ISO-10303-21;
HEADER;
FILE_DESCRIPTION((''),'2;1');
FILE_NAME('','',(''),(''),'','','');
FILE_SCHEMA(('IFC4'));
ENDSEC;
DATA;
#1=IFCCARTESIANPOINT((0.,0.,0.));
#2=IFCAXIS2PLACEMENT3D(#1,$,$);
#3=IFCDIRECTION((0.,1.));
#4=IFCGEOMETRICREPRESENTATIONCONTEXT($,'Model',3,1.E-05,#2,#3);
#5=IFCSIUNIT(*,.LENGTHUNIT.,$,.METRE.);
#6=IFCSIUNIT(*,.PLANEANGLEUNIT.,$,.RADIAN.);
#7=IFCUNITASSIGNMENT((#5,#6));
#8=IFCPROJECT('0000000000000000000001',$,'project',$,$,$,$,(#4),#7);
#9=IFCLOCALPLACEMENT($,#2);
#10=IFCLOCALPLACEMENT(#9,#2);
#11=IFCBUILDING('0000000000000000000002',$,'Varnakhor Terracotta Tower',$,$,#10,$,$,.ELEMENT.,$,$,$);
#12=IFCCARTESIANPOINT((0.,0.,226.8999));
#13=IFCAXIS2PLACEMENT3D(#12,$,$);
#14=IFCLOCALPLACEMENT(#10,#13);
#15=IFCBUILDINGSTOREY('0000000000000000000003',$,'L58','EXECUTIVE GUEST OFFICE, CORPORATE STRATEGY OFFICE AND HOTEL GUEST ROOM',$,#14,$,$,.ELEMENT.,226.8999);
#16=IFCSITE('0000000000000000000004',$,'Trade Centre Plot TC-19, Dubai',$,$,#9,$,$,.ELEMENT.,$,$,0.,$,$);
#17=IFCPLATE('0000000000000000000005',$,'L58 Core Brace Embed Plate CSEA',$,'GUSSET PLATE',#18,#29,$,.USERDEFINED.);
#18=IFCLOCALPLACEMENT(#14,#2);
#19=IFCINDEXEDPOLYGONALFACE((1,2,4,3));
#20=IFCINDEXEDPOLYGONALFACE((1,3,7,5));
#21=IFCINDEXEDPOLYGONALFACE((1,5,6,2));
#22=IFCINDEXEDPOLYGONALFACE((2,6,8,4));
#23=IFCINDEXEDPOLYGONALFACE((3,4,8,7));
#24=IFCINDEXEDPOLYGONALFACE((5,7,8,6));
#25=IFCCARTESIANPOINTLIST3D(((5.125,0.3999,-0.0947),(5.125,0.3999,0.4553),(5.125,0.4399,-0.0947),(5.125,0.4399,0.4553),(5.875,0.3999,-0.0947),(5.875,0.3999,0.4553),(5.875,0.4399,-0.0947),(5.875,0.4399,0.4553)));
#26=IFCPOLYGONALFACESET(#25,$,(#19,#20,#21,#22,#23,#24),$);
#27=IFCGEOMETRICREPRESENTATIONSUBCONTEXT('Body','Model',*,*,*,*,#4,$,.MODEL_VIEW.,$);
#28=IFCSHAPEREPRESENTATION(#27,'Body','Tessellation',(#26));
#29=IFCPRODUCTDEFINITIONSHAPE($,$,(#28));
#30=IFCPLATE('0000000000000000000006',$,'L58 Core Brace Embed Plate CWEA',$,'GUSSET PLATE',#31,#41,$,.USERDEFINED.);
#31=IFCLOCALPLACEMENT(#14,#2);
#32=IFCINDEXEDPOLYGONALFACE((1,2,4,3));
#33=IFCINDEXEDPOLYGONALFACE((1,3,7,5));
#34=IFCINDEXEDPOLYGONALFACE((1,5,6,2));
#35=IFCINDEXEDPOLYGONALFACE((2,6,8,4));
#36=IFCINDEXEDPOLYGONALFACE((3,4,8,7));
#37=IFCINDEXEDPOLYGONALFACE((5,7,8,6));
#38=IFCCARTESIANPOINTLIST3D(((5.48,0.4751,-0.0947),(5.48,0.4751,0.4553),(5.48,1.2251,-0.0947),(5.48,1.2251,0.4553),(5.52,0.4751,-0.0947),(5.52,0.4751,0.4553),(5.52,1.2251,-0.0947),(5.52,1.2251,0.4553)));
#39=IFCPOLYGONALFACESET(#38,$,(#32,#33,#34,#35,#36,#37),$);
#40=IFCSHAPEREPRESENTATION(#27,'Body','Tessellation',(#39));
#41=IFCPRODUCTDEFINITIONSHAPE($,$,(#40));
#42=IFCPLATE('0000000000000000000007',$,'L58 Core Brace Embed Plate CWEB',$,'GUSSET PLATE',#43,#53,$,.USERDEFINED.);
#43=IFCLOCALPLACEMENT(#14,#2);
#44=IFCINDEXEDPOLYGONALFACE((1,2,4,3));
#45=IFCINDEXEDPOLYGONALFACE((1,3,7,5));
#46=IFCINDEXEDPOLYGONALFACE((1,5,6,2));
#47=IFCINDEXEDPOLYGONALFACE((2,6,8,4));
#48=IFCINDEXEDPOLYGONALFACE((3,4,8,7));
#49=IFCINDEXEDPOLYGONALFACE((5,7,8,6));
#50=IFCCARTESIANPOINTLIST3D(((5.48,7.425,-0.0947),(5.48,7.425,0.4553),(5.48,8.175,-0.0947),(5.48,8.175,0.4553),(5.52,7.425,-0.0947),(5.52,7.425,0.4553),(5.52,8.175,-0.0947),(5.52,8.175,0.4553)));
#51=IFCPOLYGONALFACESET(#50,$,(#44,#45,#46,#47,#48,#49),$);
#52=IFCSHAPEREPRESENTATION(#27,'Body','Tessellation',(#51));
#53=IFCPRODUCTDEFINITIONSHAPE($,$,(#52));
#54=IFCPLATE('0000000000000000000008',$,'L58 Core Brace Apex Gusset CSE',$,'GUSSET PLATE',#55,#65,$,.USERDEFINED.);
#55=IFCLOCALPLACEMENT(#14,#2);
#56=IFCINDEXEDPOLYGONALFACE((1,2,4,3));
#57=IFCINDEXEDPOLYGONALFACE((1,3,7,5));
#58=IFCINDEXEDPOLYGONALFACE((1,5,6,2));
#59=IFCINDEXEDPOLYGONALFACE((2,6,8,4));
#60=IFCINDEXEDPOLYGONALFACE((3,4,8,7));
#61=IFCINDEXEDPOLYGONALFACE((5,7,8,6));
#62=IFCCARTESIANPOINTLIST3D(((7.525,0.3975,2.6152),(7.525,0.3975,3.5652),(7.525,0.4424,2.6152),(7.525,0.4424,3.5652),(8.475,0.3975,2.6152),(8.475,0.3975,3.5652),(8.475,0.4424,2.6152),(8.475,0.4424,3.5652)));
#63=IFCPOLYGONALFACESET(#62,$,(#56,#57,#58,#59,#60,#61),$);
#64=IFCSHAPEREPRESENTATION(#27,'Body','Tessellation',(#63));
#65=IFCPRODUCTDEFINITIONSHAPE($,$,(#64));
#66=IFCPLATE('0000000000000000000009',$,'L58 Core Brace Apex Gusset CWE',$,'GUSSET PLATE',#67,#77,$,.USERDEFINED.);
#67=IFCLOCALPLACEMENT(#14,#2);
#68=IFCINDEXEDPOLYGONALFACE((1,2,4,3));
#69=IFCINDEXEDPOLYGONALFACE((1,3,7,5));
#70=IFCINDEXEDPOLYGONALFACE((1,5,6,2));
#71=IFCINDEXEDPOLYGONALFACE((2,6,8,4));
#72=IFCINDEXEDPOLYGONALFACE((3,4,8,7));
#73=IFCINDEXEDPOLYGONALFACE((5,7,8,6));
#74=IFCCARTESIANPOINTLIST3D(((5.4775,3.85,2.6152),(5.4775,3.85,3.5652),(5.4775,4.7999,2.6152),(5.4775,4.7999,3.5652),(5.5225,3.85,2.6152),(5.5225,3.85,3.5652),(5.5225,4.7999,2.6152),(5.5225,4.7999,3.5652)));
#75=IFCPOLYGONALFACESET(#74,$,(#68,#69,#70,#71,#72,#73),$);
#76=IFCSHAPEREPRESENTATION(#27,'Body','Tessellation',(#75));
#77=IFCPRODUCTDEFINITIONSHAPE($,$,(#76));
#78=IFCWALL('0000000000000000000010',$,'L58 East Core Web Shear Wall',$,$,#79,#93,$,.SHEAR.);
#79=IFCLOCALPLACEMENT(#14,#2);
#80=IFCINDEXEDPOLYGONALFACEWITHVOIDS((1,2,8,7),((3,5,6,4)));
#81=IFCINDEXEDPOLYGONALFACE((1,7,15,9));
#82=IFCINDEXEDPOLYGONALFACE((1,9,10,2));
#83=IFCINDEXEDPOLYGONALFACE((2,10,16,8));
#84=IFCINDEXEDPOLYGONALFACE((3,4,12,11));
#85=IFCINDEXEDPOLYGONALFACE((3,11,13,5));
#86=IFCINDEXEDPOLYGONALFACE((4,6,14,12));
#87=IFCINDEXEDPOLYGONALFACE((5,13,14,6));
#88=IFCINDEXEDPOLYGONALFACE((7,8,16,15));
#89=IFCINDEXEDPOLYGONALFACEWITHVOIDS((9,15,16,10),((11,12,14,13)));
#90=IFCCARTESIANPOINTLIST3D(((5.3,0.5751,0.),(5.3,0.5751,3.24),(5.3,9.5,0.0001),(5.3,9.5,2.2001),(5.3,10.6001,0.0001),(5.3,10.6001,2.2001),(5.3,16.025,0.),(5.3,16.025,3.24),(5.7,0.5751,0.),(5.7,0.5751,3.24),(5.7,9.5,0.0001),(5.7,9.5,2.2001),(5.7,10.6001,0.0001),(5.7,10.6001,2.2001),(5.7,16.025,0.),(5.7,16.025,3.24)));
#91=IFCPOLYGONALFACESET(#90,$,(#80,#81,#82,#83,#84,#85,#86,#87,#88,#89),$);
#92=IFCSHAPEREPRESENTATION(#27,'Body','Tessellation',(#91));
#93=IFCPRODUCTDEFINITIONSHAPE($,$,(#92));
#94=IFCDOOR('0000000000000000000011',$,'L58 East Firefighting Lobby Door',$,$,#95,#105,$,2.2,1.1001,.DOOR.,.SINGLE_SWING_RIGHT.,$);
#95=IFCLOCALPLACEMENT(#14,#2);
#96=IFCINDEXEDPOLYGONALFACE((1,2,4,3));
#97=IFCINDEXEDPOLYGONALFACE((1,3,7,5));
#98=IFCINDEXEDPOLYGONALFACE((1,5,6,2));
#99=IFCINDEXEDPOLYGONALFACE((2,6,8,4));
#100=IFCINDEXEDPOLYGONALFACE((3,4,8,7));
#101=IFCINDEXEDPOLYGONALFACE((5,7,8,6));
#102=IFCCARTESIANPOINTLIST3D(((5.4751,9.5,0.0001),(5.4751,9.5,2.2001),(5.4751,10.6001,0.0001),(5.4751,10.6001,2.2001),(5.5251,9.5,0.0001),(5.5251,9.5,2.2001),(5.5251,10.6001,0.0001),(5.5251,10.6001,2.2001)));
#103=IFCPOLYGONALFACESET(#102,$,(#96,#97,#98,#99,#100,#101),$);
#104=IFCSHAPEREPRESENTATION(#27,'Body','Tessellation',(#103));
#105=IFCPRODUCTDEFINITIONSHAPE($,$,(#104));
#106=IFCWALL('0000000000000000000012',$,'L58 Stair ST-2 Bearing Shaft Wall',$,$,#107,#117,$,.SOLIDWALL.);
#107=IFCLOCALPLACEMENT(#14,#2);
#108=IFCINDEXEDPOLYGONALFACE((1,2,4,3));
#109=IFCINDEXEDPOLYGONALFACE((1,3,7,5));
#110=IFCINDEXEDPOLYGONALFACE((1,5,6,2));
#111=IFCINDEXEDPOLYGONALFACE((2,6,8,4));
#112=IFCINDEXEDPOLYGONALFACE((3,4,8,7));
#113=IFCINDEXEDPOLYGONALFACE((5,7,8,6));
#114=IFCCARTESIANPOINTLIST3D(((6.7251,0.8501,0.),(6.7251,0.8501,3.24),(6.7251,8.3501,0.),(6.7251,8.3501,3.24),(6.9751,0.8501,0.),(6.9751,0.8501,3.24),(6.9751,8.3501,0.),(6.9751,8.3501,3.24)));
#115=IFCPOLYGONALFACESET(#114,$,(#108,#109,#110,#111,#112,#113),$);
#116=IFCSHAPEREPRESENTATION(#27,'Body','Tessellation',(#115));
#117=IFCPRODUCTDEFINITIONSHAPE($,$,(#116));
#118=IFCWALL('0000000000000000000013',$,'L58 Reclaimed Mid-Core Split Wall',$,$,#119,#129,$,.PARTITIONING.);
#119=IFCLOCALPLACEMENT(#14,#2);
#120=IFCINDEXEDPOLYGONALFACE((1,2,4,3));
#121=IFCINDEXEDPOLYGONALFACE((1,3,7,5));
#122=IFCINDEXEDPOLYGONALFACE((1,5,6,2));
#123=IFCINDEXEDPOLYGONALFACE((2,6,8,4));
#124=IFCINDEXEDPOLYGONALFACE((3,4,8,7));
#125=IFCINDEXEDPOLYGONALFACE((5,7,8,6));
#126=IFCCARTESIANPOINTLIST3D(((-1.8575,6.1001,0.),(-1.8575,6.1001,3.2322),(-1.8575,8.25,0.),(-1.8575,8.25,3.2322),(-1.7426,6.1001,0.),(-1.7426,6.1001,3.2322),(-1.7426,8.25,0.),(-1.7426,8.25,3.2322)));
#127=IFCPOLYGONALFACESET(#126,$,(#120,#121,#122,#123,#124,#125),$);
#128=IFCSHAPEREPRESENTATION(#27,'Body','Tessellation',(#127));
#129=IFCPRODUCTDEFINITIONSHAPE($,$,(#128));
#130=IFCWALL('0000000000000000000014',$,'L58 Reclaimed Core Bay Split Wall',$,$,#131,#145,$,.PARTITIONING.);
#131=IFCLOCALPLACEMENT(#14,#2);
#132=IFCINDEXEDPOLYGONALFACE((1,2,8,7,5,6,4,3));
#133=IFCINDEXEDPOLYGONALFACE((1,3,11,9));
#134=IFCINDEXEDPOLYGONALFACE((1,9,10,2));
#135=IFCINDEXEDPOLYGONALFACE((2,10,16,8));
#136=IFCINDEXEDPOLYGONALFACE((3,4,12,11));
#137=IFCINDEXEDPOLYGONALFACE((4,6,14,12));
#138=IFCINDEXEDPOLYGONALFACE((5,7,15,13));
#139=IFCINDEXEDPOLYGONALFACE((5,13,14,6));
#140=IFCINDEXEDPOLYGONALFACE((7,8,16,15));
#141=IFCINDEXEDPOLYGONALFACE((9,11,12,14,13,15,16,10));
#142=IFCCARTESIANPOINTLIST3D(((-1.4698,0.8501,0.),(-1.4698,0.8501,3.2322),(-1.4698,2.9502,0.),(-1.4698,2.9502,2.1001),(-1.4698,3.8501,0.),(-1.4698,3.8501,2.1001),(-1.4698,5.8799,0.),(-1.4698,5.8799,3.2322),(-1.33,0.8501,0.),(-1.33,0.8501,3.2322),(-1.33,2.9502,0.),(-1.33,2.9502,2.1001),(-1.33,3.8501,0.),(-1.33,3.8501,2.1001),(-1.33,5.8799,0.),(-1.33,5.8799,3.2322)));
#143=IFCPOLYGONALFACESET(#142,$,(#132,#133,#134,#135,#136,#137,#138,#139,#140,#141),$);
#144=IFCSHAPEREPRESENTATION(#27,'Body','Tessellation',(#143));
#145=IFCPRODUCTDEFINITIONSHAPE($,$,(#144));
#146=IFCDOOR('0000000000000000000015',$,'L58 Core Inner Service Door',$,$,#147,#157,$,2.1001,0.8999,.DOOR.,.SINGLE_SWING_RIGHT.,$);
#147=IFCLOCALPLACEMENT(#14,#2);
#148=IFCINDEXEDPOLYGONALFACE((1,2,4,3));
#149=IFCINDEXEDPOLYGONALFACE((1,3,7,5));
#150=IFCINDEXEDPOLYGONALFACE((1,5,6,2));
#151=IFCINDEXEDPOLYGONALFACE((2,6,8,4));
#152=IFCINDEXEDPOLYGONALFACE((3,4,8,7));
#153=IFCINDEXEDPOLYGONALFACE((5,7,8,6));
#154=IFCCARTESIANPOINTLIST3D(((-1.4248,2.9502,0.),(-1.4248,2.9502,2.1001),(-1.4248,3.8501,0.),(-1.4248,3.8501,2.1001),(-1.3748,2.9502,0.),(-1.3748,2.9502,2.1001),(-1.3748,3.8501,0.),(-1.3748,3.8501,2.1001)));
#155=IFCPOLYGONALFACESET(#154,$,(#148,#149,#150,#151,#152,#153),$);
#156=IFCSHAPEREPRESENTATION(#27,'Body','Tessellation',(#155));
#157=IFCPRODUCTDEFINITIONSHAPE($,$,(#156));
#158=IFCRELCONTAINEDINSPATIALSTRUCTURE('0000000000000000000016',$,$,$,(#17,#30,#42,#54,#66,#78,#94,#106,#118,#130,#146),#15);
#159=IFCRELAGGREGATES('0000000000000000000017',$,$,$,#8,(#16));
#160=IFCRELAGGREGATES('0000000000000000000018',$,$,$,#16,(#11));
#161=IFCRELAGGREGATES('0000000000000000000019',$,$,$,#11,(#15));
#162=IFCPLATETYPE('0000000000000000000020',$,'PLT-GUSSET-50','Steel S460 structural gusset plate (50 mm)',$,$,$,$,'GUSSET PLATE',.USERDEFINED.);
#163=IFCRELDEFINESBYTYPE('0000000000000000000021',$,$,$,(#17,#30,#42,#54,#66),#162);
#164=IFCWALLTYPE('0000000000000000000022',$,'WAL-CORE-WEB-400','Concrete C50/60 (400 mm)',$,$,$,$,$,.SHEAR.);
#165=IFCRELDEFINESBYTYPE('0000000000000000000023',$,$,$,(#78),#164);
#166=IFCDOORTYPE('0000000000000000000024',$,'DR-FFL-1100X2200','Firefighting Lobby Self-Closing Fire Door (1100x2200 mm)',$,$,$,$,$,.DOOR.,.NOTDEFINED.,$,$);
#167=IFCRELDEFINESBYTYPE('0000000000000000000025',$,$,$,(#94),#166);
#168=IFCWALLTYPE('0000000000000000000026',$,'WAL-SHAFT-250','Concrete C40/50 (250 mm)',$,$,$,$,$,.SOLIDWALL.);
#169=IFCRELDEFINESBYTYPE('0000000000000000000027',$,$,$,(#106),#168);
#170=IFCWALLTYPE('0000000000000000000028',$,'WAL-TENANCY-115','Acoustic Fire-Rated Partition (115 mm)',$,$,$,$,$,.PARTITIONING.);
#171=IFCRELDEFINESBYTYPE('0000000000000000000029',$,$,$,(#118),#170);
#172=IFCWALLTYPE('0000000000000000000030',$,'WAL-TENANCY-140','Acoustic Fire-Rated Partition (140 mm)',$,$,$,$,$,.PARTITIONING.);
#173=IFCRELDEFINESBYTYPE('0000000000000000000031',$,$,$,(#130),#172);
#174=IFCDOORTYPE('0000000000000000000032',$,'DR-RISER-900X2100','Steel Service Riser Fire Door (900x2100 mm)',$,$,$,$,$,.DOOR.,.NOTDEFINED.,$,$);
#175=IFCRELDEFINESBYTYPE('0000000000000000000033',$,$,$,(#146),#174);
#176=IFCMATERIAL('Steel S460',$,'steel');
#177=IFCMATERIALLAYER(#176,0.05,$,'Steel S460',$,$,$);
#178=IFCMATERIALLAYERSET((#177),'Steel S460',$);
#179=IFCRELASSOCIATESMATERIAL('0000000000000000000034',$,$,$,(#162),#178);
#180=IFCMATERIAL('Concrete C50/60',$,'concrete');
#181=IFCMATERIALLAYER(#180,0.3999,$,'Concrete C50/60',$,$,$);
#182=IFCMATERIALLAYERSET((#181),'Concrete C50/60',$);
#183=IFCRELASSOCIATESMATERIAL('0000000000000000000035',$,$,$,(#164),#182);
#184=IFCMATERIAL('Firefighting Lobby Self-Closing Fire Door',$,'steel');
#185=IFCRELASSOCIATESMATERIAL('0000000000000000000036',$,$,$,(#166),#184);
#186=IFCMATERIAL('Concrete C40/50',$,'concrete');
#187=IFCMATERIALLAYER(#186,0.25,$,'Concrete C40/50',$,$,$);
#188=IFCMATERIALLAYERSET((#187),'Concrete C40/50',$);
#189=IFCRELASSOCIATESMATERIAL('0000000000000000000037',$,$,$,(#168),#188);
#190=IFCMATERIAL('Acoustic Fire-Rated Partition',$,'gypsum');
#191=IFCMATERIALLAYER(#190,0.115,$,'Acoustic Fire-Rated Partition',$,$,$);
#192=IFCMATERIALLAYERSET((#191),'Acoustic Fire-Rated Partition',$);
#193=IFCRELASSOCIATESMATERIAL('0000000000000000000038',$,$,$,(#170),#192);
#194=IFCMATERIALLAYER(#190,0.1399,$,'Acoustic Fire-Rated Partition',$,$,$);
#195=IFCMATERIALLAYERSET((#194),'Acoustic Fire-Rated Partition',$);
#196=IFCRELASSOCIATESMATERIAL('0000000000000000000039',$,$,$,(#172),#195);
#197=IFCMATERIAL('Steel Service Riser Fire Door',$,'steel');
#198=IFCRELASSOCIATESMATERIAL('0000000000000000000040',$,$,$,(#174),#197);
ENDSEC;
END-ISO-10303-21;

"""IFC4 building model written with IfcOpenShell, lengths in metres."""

from ifc_helpers import new_model, si_unit, direction, frame, frame_2d, origin, origin_2d, place, context, subcontext, project, spatial, rectangle, extrude, source, transform, mapped, material, layer, layer_set, type_object, type_shapes, element, fill, save


model = new_model("IFC4")

# Units and contexts
model_context = context("Model", 3, precision=1e-05, world=origin(), true_north=direction((0.0, 1.0)))
body_context = subcontext(model_context, "Body", "Model", "MODEL_VIEW")
ifc_project = project(units=[si_unit("LENGTHUNIT", "METRE"), si_unit("PLANEANGLEUNIT", "RADIAN")], contexts=[model_context])

# Site, building, storey
site_placement = place(None, origin())
site = spatial("IfcSite", under=ifc_project, at=site_placement, Name="Trade Centre Plot TC-19, Dubai", CompositionType="ELEMENT", RefElevation=0.0)
building_placement = place(site_placement, origin())
building = spatial("IfcBuilding", under=site, at=building_placement, Name="Varnakhor Terracotta Tower", CompositionType="ELEMENT")
storey_placement = place(building_placement, frame((0.0, 0.0, 226.8999)))
storey = spatial("IfcBuildingStorey", under=building, at=storey_placement, Name="L58", Description="EXECUTIVE GUEST OFFICE, CORPORATE STRATEGY OFFICE AND HOTEL GUEST ROOM", CompositionType="ELEMENT", Elevation=226.8999)

# Shared definitions
ifc_material_1 = material(Name="Concrete C50/60", Category="concrete")

# Shared definitions
ifc_material_2 = material(Name="Concrete C40/50", Category="concrete")

# Plates
ifc_material_3 = material(Name="Steel S460", Category="steel")
ifc_layer_1 = layer(ifc_material_3, 0.05, Name="Steel S460")
ifc_layer_set_1 = layer_set([ifc_layer_1], Name="Steel S460")
plate_type = type_object("IfcPlateType", Name="PLT-GUSSET-50", Description="Steel S460 structural gusset plate (50 mm)", ElementType="GUSSET PLATE", PredefinedType="USERDEFINED", material=ifc_layer_set_1)
shared_shape_1 = source(origin(), body_context, "Body", "SweptSolid", [
    extrude(rectangle(XDim=0.75, YDim=0.04, at=origin_2d()), origin(), (0.0, 0.0, 1.0), 0.55),
])
type_shapes(plate_type, [shared_shape_1])
for number, where, z_axis, x_axis, name in (
    (1, (5.5, 0.4199, -0.0947), (0.0, 0.0, 1.0), (1.0, 0.0, 0.0), "L58 Core Brace Embed Plate CSEA"),
    (2, (5.5, 0.8501, -0.0947), (0.0, 0.0, 1.0), (0.0, 1.0, 0.0), "L58 Core Brace Embed Plate CWEA"),
    (3, (5.5, 7.8, -0.0947), (0.0, 0.0, 1.0), (0.0, 1.0, 0.0), "L58 Core Brace Embed Plate CWEB"),
):
    element("IfcPlate", number, at=place(storey_placement, frame(where, z_axis=z_axis, x_axis=x_axis)), inside=storey, type_object=plate_type, Name=name, ObjectType="GUSSET PLATE", PredefinedType="USERDEFINED", context=body_context, shape_type="MappedRepresentation", body=[
        mapped(shared_shape_1, transform((0.0, 0.0, 0.0), scale=1.0)),
    ])
shared_shape_2 = source(origin(), body_context, "Body", "SweptSolid", [
    extrude(rectangle(XDim=0.95, YDim=0.0449, at=origin_2d()), origin(), (0.0, 0.0, 1.0), 0.95),
])
for number, where, z_axis, x_axis, name in (
    (4, (8.0, 0.4199, 2.6152), (0.0, 0.0, 1.0), (1.0, 0.0, 0.0), "L58 Core Brace Apex Gusset CSE"),
    (5, (5.5, 4.325, 2.6152), (0.0, 0.0, 1.0), (0.0, 1.0, 0.0), "L58 Core Brace Apex Gusset CWE"),
):
    element("IfcPlate", number, at=place(storey_placement, frame(where, z_axis=z_axis, x_axis=x_axis)), inside=storey, type_object=plate_type, Name=name, ObjectType="GUSSET PLATE", PredefinedType="USERDEFINED", context=body_context, shape_type="MappedRepresentation", body=[
        mapped(shared_shape_2, transform((0.0, 0.0, 0.0), scale=1.0)),
    ])

# Wall, opening, door
ifc_layer_2 = layer(ifc_material_1, 0.3999, Name="Concrete C50/60")
ifc_layer_set_2 = layer_set([ifc_layer_2], Name="Concrete C50/60")
wall_type_1 = type_object("IfcWallType", Name="WAL-CORE-WEB-400", Description="Concrete C50/60 (400 mm)", PredefinedType="SHEAR", material=ifc_layer_set_2)
wall_1_placement = place(storey_placement, frame((5.5, 0.575, 0.0), z_axis=(0.0, 0.0, 1.0), x_axis=(0.0, 1.0, 0.0)))
wall_1 = element("IfcWall", 6, at=wall_1_placement, inside=storey, type_object=wall_type_1, Name="L58 East Core Web Shear Wall", PredefinedType="SHEAR", context=body_context, shape_type="SweptSolid", body=[
    extrude(rectangle(XDim=15.45, YDim=0.3999, at=frame_2d((7.7251, 0.0))), origin(), (0.0, 0.0, 1.0), 3.24),
])
opening_1_placement = place(wall_1_placement, frame((8.925, 0.0, 0.0)))
opening_1 = element("IfcOpeningElement", 7, at=opening_1_placement, cuts=wall_1, PredefinedType="OPENING", context=body_context, shape_type="SweptSolid", body=[
    extrude(rectangle(XDim=1.1001, YDim=2.2, at=frame_2d((0.55, 1.1001))), frame((0.0, 0.21, 0.0), z_axis=(0.0, -1.0, 0.0), x_axis=(1.0, 0.0, 0.0)), (0.0, 0.0, 1.0), 0.4199),
])
ifc_material_4 = material(Name="Firefighting Lobby Self-Closing Fire Door", Category="steel")
door_type_1 = type_object("IfcDoorType", Name="DR-FFL-1100X2200", Description="Firefighting Lobby Self-Closing Fire Door (1100x2200 mm)", OperationType="NOTDEFINED", PredefinedType="DOOR", material=ifc_material_4)
shared_shape_3 = source(origin(), body_context, "Body", "SweptSolid", [
    extrude(rectangle(XDim=1.1001, YDim=2.2, at=frame_2d((0.55, 1.1001))), frame((0.0, 0.0249, 0.0), z_axis=(0.0, -1.0, 0.0), x_axis=(1.0, 0.0, 0.0)), (0.0, 0.0, 1.0), 0.05),
])
type_shapes(door_type_1, [shared_shape_3])
door_1_placement = place(opening_1_placement, origin())
door_1 = element("IfcDoor", 8, at=door_1_placement, inside=storey, type_object=door_type_1, Name="L58 East Firefighting Lobby Door", OperationType="SINGLE_SWING_RIGHT", OverallHeight=2.2, OverallWidth=1.1001, PredefinedType="DOOR", context=body_context, shape_type="MappedRepresentation", body=[
    mapped(shared_shape_3, transform((0.0, 0.0, 0.0), scale=1.0)),
])
fill(opening_1, door_1)

# Walls
ifc_layer_3 = layer(ifc_material_2, 0.25, Name="Concrete C40/50")
ifc_layer_set_3 = layer_set([ifc_layer_3], Name="Concrete C40/50")
wall_type_2 = type_object("IfcWallType", Name="WAL-SHAFT-250", Description="Concrete C40/50 (250 mm)", PredefinedType="SOLIDWALL", material=ifc_layer_set_3)
wall_2_placement = place(storey_placement, frame((6.8501, 0.8501, 0.0), z_axis=(0.0, 0.0, 1.0), x_axis=(0.0, 1.0, 0.0)))
element("IfcWall", 9, at=wall_2_placement, inside=storey, type_object=wall_type_2, Name="L58 Stair ST-2 Bearing Shaft Wall", PredefinedType="SOLIDWALL", context=body_context, shape_type="SweptSolid", body=[
    extrude(rectangle(XDim=7.5, YDim=0.25, at=frame_2d((3.75, 0.0))), origin(), (0.0, 0.0, 1.0), 3.24),
])
ifc_material_5 = material(Name="Acoustic Fire-Rated Partition", Category="gypsum")
ifc_layer_4 = layer(ifc_material_5, 0.115, Name="Acoustic Fire-Rated Partition")
ifc_layer_set_4 = layer_set([ifc_layer_4], Name="Acoustic Fire-Rated Partition")
wall_type_3 = type_object("IfcWallType", Name="WAL-TENANCY-115", Description="Acoustic Fire-Rated Partition (115 mm)", PredefinedType="PARTITIONING", material=ifc_layer_set_4)
wall_3_placement = place(storey_placement, frame((-1.8, 6.1001, 0.0), z_axis=(0.0, 0.0, 1.0), x_axis=(0.0, 1.0, 0.0)))
element("IfcWall", 10, at=wall_3_placement, inside=storey, type_object=wall_type_3, Name="L58 Reclaimed Mid-Core Split Wall", PredefinedType="PARTITIONING", context=body_context, shape_type="SweptSolid", body=[
    extrude(rectangle(XDim=2.1499, YDim=0.115, at=frame_2d((1.075, 0.0))), origin(), (0.0, 0.0, 1.0), 3.2322),
])

# Wall, opening, door
ifc_layer_5 = layer(ifc_material_5, 0.1399, Name="Acoustic Fire-Rated Partition")
ifc_layer_set_5 = layer_set([ifc_layer_5], Name="Acoustic Fire-Rated Partition")
wall_type_4 = type_object("IfcWallType", Name="WAL-TENANCY-140", Description="Acoustic Fire-Rated Partition (140 mm)", PredefinedType="PARTITIONING", material=ifc_layer_set_5)
wall_4_placement = place(storey_placement, frame((-1.3999, 0.8501, 0.0), z_axis=(0.0, 0.0, 1.0), x_axis=(0.0, 1.0, 0.0)))
wall_4 = element("IfcWall", 11, at=wall_4_placement, inside=storey, type_object=wall_type_4, Name="L58 Reclaimed Core Bay Split Wall", PredefinedType="PARTITIONING", context=body_context, shape_type="SweptSolid", body=[
    extrude(rectangle(XDim=5.0298, YDim=0.1399, at=frame_2d((2.5149, 0.0))), origin(), (0.0, 0.0, 1.0), 3.2322),
])
opening_2_placement = place(wall_4_placement, frame((2.1001, 0.0, 0.0)))
opening_2 = element("IfcOpeningElement", 12, at=opening_2_placement, cuts=wall_4, PredefinedType="OPENING", context=body_context, shape_type="SweptSolid", body=[
    extrude(rectangle(XDim=0.8999, YDim=2.1001, at=frame_2d((0.45, 1.05))), frame((0.0, 0.0801, 0.0), z_axis=(0.0, -1.0, 0.0), x_axis=(1.0, 0.0, 0.0)), (0.0, 0.0, 1.0), 0.1599),
])
ifc_material_6 = material(Name="Steel Service Riser Fire Door", Category="steel")
door_type_2 = type_object("IfcDoorType", Name="DR-RISER-900X2100", Description="Steel Service Riser Fire Door (900x2100 mm)", OperationType="NOTDEFINED", PredefinedType="DOOR", material=ifc_material_6)
shared_shape_4 = source(origin(), body_context, "Body", "SweptSolid", [
    extrude(rectangle(XDim=0.8999, YDim=2.1001, at=frame_2d((0.45, 1.05))), frame((0.0, 0.0249, 0.0), z_axis=(0.0, -1.0, 0.0), x_axis=(1.0, 0.0, 0.0)), (0.0, 0.0, 1.0), 0.05),
])
type_shapes(door_type_2, [shared_shape_4])
door_2_placement = place(opening_2_placement, origin())
door_2 = element("IfcDoor", 13, at=door_2_placement, inside=storey, type_object=door_type_2, Name="L58 Core Inner Service Door", OperationType="SINGLE_SWING_RIGHT", OverallHeight=2.1001, OverallWidth=0.8999, PredefinedType="DOOR", context=body_context, shape_type="MappedRepresentation", body=[
    mapped(shared_shape_4, transform((0.0, 0.0, 0.0), scale=1.0)),
])
fill(opening_2, door_2)

save(model, "model.ifc")
